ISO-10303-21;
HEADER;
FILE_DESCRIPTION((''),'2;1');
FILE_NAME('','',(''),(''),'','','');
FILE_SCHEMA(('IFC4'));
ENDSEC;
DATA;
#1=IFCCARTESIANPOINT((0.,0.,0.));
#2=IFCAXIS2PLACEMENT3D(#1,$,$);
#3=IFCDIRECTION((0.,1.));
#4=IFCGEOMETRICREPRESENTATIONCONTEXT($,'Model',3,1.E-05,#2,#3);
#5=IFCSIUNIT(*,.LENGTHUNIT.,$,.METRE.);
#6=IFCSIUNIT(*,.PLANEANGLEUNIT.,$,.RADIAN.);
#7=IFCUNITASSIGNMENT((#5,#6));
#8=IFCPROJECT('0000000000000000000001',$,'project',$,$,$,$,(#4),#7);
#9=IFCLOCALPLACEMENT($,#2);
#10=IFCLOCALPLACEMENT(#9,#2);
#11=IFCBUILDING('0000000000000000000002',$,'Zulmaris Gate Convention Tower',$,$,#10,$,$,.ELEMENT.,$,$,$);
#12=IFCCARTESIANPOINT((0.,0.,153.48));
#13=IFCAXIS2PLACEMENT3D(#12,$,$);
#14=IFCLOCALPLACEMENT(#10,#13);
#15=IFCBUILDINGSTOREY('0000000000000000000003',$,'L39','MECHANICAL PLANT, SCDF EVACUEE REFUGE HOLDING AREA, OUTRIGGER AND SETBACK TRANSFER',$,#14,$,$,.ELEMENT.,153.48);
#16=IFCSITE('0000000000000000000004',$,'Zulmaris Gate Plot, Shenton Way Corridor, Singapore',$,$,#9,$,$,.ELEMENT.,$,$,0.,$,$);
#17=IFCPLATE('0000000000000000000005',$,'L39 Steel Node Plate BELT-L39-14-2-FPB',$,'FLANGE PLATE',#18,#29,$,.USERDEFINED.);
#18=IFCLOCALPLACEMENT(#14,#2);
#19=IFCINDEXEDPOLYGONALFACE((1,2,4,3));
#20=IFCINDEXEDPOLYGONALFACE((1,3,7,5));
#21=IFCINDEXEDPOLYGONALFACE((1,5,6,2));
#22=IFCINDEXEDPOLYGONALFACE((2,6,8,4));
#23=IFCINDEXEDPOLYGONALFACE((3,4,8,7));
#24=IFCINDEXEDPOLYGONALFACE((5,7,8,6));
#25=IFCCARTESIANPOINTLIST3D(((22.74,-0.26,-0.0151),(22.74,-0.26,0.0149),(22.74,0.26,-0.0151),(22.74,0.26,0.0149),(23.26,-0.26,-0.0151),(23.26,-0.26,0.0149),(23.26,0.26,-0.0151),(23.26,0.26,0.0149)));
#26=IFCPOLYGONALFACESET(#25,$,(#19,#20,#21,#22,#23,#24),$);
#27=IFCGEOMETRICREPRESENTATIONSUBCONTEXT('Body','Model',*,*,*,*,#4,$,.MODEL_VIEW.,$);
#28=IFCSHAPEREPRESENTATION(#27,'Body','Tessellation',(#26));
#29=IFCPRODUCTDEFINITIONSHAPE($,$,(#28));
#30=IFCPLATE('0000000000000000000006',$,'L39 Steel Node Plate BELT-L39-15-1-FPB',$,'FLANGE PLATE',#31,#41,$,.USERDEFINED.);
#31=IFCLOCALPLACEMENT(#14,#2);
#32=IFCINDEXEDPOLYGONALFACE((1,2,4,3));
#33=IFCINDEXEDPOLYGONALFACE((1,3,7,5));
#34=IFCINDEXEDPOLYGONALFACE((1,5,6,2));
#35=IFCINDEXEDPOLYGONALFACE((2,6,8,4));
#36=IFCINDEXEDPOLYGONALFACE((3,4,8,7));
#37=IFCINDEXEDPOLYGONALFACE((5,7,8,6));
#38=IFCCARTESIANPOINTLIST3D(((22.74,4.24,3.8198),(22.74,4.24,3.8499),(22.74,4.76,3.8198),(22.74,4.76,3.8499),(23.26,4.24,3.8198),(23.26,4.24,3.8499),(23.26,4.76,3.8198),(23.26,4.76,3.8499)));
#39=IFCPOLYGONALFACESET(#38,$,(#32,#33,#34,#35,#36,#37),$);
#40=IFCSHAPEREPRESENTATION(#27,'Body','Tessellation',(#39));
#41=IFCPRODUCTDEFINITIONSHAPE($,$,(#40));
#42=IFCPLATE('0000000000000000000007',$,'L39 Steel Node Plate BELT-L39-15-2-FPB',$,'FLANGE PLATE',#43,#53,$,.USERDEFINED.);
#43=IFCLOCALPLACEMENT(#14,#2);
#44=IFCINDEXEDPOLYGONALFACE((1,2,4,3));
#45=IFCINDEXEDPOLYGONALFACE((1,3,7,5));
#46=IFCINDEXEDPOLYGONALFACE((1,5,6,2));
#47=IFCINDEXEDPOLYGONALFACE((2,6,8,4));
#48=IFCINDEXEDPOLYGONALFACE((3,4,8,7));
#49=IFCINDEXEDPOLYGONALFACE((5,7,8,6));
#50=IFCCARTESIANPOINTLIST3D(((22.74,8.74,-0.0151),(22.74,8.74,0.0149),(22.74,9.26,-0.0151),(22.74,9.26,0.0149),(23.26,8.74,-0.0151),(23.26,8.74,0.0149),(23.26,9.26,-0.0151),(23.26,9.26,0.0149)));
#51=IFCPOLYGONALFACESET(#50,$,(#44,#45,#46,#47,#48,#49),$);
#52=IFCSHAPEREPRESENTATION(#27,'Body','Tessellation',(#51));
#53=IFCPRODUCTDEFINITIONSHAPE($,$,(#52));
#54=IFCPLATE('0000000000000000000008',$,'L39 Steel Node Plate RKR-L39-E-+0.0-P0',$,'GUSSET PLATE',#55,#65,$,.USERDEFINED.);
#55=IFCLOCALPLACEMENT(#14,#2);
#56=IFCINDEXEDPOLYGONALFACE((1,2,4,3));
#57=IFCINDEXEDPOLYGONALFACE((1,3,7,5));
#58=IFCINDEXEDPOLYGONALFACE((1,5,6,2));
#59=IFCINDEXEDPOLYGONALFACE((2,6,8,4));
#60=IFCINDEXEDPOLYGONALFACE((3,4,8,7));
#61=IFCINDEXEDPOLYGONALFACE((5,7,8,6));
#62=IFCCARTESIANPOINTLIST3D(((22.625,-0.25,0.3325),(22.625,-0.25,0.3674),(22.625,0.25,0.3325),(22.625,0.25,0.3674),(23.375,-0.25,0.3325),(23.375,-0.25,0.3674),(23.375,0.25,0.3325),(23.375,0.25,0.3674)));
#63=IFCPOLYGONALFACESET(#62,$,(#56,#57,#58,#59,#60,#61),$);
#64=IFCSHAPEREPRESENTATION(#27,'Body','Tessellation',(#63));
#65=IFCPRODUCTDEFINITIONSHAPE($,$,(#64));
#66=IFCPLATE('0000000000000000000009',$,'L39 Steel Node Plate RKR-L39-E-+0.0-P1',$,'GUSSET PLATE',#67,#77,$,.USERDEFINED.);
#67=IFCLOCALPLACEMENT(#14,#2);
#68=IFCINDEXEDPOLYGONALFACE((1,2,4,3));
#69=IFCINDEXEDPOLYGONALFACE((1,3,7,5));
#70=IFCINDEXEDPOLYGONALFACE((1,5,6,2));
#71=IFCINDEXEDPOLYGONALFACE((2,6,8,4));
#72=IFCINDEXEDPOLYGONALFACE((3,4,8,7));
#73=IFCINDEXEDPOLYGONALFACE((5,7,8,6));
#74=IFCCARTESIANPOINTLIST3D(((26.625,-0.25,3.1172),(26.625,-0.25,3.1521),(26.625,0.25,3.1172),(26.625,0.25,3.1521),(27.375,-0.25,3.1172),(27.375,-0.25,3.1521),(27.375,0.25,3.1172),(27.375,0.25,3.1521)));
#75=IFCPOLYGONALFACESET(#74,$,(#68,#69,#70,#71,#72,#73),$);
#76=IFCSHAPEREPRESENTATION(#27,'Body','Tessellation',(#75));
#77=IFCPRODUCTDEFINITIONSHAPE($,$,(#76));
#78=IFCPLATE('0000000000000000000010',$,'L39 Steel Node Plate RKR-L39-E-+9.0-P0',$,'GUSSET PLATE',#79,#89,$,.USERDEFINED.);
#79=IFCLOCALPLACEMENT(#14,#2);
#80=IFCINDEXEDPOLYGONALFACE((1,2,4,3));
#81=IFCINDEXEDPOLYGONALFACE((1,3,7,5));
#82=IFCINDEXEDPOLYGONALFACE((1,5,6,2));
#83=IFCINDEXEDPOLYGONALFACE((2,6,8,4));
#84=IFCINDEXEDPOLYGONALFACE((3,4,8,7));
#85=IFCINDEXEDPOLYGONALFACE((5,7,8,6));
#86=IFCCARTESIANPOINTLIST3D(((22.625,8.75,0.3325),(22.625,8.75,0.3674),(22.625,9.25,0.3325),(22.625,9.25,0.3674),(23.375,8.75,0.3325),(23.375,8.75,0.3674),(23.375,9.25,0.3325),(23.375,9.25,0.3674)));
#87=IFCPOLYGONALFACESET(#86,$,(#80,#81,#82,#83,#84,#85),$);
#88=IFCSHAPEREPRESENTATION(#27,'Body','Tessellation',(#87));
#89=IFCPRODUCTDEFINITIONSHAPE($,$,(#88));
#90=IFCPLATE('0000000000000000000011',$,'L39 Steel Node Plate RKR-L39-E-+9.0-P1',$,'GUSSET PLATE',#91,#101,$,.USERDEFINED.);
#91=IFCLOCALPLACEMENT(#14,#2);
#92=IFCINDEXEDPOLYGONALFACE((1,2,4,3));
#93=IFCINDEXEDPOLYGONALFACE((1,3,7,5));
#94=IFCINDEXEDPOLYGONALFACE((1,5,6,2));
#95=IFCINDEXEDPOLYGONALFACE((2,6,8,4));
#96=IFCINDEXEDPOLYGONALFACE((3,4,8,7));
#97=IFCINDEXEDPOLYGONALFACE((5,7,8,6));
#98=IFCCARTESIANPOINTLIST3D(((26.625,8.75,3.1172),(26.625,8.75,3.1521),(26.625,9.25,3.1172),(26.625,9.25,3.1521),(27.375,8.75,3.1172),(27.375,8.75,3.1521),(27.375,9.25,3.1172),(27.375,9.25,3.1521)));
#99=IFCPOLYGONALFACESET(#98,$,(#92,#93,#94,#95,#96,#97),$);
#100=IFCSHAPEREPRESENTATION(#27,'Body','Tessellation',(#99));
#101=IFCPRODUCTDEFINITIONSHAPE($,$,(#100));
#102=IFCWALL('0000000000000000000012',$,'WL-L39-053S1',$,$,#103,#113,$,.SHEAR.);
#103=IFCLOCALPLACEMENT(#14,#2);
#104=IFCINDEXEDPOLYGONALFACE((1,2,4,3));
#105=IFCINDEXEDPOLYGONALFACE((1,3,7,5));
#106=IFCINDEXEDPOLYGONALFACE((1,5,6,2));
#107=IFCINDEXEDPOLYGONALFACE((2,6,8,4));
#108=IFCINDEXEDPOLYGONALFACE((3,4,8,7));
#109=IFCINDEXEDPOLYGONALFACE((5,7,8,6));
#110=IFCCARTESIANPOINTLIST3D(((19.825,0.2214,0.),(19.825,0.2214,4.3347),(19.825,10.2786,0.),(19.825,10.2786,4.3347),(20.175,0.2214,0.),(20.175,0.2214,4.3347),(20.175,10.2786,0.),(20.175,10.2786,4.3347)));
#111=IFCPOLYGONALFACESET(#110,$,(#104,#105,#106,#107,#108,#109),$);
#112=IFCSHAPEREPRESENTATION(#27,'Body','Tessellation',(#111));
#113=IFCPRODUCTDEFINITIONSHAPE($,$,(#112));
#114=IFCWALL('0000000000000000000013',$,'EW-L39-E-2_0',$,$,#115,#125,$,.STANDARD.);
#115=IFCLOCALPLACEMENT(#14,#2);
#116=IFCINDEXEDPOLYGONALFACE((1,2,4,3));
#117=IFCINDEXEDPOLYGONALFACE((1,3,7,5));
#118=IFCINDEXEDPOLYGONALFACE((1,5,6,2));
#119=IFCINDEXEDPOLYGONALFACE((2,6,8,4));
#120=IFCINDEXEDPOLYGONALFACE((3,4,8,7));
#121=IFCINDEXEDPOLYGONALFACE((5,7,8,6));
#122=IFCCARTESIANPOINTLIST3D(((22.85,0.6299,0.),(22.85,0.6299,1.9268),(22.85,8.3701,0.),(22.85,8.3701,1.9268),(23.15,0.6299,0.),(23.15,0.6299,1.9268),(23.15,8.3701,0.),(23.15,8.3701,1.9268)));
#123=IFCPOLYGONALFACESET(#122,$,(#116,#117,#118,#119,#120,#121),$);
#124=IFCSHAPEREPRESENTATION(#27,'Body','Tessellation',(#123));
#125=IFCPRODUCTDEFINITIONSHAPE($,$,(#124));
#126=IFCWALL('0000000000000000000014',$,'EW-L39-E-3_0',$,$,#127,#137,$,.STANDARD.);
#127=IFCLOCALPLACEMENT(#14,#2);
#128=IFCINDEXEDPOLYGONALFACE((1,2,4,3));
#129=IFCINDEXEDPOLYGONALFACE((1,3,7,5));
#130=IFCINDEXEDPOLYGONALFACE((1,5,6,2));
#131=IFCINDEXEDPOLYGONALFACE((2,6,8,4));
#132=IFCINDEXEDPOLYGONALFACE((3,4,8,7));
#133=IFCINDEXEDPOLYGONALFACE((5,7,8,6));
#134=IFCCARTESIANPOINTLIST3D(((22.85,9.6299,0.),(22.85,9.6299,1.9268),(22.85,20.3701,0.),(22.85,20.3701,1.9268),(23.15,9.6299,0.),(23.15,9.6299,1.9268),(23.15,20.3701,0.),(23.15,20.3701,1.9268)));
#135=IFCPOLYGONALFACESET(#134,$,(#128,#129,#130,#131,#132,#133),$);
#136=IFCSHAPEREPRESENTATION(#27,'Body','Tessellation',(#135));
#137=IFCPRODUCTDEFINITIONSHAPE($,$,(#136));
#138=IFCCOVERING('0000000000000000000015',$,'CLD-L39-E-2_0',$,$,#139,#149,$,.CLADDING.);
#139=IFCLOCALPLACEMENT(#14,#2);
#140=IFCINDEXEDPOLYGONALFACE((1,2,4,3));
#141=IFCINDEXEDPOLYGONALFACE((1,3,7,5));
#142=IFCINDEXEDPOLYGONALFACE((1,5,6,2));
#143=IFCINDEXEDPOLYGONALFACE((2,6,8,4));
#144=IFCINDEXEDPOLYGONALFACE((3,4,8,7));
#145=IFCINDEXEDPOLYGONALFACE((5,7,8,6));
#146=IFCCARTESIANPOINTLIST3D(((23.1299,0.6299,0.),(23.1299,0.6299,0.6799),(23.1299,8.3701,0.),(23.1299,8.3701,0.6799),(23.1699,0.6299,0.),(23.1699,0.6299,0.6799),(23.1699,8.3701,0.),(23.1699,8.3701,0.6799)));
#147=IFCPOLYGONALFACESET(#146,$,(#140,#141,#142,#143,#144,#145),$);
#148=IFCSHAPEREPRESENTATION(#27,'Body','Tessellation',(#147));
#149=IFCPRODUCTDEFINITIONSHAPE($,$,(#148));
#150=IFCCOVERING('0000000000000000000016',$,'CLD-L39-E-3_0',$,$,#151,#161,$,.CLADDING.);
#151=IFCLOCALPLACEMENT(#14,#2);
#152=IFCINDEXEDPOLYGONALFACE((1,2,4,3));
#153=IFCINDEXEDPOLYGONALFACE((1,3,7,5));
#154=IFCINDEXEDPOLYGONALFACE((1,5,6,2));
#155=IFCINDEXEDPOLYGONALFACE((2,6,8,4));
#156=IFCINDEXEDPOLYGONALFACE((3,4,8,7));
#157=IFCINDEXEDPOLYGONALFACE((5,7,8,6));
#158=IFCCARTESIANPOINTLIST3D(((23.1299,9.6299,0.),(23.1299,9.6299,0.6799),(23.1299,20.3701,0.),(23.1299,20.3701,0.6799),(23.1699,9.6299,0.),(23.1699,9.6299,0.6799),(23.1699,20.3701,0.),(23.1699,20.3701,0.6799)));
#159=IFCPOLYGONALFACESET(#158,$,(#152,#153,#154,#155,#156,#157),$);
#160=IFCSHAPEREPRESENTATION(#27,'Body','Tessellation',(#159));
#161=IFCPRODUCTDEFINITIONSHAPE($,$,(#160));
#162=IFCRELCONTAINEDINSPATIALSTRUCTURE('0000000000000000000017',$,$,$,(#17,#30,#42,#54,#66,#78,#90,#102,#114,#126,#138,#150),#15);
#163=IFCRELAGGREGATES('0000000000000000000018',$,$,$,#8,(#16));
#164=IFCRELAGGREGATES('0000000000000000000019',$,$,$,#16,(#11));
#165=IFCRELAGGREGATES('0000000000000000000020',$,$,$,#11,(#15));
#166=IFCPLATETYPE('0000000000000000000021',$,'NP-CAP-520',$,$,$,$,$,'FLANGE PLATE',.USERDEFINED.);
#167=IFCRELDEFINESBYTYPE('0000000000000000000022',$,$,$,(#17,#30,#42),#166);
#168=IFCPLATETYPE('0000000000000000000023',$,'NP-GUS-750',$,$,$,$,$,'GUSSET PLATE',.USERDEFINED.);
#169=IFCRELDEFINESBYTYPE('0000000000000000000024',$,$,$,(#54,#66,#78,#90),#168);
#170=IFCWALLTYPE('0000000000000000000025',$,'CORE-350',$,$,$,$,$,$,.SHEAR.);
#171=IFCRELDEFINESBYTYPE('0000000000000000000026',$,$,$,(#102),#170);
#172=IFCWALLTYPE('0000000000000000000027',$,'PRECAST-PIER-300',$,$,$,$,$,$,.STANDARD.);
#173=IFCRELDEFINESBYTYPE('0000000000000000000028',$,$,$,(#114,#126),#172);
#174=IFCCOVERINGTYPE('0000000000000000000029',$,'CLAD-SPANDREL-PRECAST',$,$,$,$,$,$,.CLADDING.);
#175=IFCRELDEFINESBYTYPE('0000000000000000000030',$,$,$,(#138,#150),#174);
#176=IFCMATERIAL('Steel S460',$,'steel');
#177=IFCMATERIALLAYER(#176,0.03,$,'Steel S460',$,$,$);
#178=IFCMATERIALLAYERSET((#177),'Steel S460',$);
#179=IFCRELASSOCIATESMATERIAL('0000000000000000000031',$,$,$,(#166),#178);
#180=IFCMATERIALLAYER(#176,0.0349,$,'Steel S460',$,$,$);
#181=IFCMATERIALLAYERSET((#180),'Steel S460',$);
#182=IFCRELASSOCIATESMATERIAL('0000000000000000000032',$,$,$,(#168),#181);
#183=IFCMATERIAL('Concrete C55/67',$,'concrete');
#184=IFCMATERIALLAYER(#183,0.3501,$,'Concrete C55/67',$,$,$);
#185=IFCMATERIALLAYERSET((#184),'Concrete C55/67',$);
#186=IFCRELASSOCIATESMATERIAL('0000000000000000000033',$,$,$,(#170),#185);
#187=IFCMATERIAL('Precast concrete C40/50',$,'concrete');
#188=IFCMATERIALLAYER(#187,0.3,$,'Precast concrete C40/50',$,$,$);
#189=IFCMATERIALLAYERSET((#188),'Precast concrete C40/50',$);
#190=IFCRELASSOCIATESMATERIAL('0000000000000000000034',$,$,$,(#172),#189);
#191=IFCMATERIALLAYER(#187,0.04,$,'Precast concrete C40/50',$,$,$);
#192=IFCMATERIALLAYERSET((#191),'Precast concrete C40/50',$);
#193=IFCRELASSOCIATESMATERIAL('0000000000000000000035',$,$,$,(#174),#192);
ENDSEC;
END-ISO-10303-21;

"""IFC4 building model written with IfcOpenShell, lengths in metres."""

from ifc_helpers import new_model, si_unit, direction, frame, frame_2d, origin, origin_2d, place, context, subcontext, project, spatial, rectangle, extrude, material, layer, layer_set, type_object, element, save


model = new_model("IFC4")

# Units and contexts
model_context = context("Model", 3, precision=1e-05, world=origin(), true_north=direction((0.0, 1.0)))
body_context = subcontext(model_context, "Body", "Model", "MODEL_VIEW")
ifc_project = project(units=[si_unit("LENGTHUNIT", "METRE"), si_unit("PLANEANGLEUNIT", "RADIAN")], contexts=[model_context])

# Site, building, storey
site_placement = place(None, origin())
site = spatial("IfcSite", under=ifc_project, at=site_placement, Name="Zulmaris Gate Plot, Shenton Way Corridor, Singapore", CompositionType="ELEMENT", RefElevation=0.0)
building_placement = place(site_placement, origin())
building = spatial("IfcBuilding", under=site, at=building_placement, Name="Zulmaris Gate Convention Tower", CompositionType="ELEMENT")
storey_placement = place(building_placement, frame((0.0, 0.0, 153.48)))
storey = spatial("IfcBuildingStorey", under=building, at=storey_placement, Name="L39", Description="MECHANICAL PLANT, SCDF EVACUEE REFUGE HOLDING AREA, OUTRIGGER AND SETBACK TRANSFER", CompositionType="ELEMENT", Elevation=153.48)

# Shared definitions
ifc_material_1 = material(Name="Steel S460", Category="steel")

# Plates
ifc_layer_1 = layer(ifc_material_1, 0.03, Name="Steel S460")
ifc_layer_set_1 = layer_set([ifc_layer_1], Name="Steel S460")
plate_type_1 = type_object("IfcPlateType", Name="NP-CAP-520", ElementType="FLANGE PLATE", PredefinedType="USERDEFINED", material=ifc_layer_set_1)
for number, where, z_axis, x_axis, name in (
    (1, (23.0, 0.0, -0.0151), (0.0, 0.0, 1.0), (1.0, 0.0, 0.0), "L39 Steel Node Plate BELT-L39-14-2-FPB"),
    (2, (23.0, 4.5, 3.8198), (0.0, 0.0, 1.0), (1.0, 0.0, 0.0), "L39 Steel Node Plate BELT-L39-15-1-FPB"),
    (3, (23.0, 9.0, -0.0151), (0.0, 0.0, 1.0), (1.0, 0.0, 0.0), "L39 Steel Node Plate BELT-L39-15-2-FPB"),
):
    element("IfcPlate", number, at=place(storey_placement, frame(where, z_axis=z_axis, x_axis=x_axis)), inside=storey, type_object=plate_type_1, Name=name, ObjectType="FLANGE PLATE", PredefinedType="USERDEFINED", context=body_context, shape_type="SweptSolid", body=[
        extrude(rectangle(XDim=0.52, YDim=0.52, at=origin_2d()), origin(), (0.0, 0.0, 1.0), 0.03),
    ])
ifc_layer_2 = layer(ifc_material_1, 0.0349, Name="Steel S460")
ifc_layer_set_2 = layer_set([ifc_layer_2], Name="Steel S460")
plate_type_2 = type_object("IfcPlateType", Name="NP-GUS-750", ElementType="GUSSET PLATE", PredefinedType="USERDEFINED", material=ifc_layer_set_2)
for number, where, z_axis, x_axis, name in (
    (4, (23.0, 0.0, 0.3325), (0.0, 0.0, 1.0), (1.0, 0.0, 0.0), "L39 Steel Node Plate RKR-L39-E-+0.0-P0"),
    (5, (27.0, 0.0, 3.1172), (0.0, 0.0, 1.0), (1.0, 0.0, 0.0), "L39 Steel Node Plate RKR-L39-E-+0.0-P1"),
    (6, (23.0, 9.0, 0.3325), (0.0, 0.0, 1.0), (1.0, 0.0, 0.0), "L39 Steel Node Plate RKR-L39-E-+9.0-P0"),
    (7, (27.0, 9.0, 3.1172), (0.0, 0.0, 1.0), (1.0, 0.0, 0.0), "L39 Steel Node Plate RKR-L39-E-+9.0-P1"),
):
    element("IfcPlate", number, at=place(storey_placement, frame(where, z_axis=z_axis, x_axis=x_axis)), inside=storey, type_object=plate_type_2, Name=name, ObjectType="GUSSET PLATE", PredefinedType="USERDEFINED", context=body_context, shape_type="SweptSolid", body=[
        extrude(rectangle(XDim=0.75, YDim=0.5, at=origin_2d()), origin(), (0.0, 0.0, 1.0), 0.0349),
    ])

# Walls
ifc_material_2 = material(Name="Concrete C55/67", Category="concrete")
ifc_layer_3 = layer(ifc_material_2, 0.3501, Name="Concrete C55/67")
ifc_layer_set_3 = layer_set([ifc_layer_3], Name="Concrete C55/67")
wall_type_1 = type_object("IfcWallType", Name="CORE-350", PredefinedType="SHEAR", material=ifc_layer_set_3)
wall_1_placement = place(storey_placement, frame((20.0, 0.2214, 0.0), z_axis=(0.0, 0.0, 1.0), x_axis=(0.0, 1.0, 0.0)))
element("IfcWall", 8, at=wall_1_placement, inside=storey, type_object=wall_type_1, Name="WL-L39-053S1", PredefinedType="SHEAR", context=body_context, shape_type="SweptSolid", body=[
    extrude(rectangle(XDim=10.0571, YDim=0.3501, at=frame_2d((5.0286, 0.0))), origin(), (0.0, 0.0, 1.0), 4.3347),
])
ifc_material_3 = material(Name="Precast concrete C40/50", Category="concrete")
ifc_layer_4 = layer(ifc_material_3, 0.3, Name="Precast concrete C40/50")
ifc_layer_set_4 = layer_set([ifc_layer_4], Name="Precast concrete C40/50")
wall_type_2 = type_object("IfcWallType", Name="PRECAST-PIER-300", PredefinedType="STANDARD", material=ifc_layer_set_4)
wall_2_placement = place(storey_placement, frame((23.0, 0.6299, 0.0), z_axis=(0.0, 0.0, 1.0), x_axis=(0.0, 1.0, 0.0)))
element("IfcWall", 9, at=wall_2_placement, inside=storey, type_object=wall_type_2, Name="EW-L39-E-2_0", PredefinedType="STANDARD", context=body_context, shape_type="SweptSolid", body=[
    extrude(rectangle(XDim=7.7402, YDim=0.3, at=frame_2d((3.8701, 0.0))), origin(), (0.0, 0.0, 1.0), 1.9268),
])
wall_3_placement = place(storey_placement, frame((23.0, 9.6299, 0.0), z_axis=(0.0, 0.0, 1.0), x_axis=(0.0, 1.0, 0.0)))
element("IfcWall", 10, at=wall_3_placement, inside=storey, type_object=wall_type_2, Name="EW-L39-E-3_0", PredefinedType="STANDARD", context=body_context, shape_type="SweptSolid", body=[
    extrude(rectangle(XDim=10.7402, YDim=0.3, at=frame_2d((5.3701, 0.0))), origin(), (0.0, 0.0, 1.0), 1.9268),
])

# Coverings
ifc_layer_5 = layer(ifc_material_3, 0.04, Name="Precast concrete C40/50")
ifc_layer_set_5 = layer_set([ifc_layer_5], Name="Precast concrete C40/50")
covering_type = type_object("IfcCoveringType", Name="CLAD-SPANDREL-PRECAST", PredefinedType="CLADDING", material=ifc_layer_set_5)
covering_1_placement = place(storey_placement, frame((23.1499, 0.6299, 0.0), z_axis=(0.0, 0.0, 1.0), x_axis=(0.0, 1.0, 0.0)))
element("IfcCovering", 11, at=covering_1_placement, inside=storey, type_object=covering_type, Name="CLD-L39-E-2_0", PredefinedType="CLADDING", context=body_context, shape_type="SweptSolid", body=[
    extrude(rectangle(XDim=7.7402, YDim=0.04, at=frame_2d((3.8701, 0.0))), origin(), (0.0, 0.0, 1.0), 0.6799),
])
covering_2_placement = place(storey_placement, frame((23.1499, 9.6299, 0.0), z_axis=(0.0, 0.0, 1.0), x_axis=(0.0, 1.0, 0.0)))
element("IfcCovering", 12, at=covering_2_placement, inside=storey, type_object=covering_type, Name="CLD-L39-E-3_0", PredefinedType="CLADDING", context=body_context, shape_type="SweptSolid", body=[
    extrude(rectangle(XDim=10.7402, YDim=0.04, at=frame_2d((5.3701, 0.0))), origin(), (0.0, 0.0, 1.0), 0.6799),
])

save(model, "model.ifc")
